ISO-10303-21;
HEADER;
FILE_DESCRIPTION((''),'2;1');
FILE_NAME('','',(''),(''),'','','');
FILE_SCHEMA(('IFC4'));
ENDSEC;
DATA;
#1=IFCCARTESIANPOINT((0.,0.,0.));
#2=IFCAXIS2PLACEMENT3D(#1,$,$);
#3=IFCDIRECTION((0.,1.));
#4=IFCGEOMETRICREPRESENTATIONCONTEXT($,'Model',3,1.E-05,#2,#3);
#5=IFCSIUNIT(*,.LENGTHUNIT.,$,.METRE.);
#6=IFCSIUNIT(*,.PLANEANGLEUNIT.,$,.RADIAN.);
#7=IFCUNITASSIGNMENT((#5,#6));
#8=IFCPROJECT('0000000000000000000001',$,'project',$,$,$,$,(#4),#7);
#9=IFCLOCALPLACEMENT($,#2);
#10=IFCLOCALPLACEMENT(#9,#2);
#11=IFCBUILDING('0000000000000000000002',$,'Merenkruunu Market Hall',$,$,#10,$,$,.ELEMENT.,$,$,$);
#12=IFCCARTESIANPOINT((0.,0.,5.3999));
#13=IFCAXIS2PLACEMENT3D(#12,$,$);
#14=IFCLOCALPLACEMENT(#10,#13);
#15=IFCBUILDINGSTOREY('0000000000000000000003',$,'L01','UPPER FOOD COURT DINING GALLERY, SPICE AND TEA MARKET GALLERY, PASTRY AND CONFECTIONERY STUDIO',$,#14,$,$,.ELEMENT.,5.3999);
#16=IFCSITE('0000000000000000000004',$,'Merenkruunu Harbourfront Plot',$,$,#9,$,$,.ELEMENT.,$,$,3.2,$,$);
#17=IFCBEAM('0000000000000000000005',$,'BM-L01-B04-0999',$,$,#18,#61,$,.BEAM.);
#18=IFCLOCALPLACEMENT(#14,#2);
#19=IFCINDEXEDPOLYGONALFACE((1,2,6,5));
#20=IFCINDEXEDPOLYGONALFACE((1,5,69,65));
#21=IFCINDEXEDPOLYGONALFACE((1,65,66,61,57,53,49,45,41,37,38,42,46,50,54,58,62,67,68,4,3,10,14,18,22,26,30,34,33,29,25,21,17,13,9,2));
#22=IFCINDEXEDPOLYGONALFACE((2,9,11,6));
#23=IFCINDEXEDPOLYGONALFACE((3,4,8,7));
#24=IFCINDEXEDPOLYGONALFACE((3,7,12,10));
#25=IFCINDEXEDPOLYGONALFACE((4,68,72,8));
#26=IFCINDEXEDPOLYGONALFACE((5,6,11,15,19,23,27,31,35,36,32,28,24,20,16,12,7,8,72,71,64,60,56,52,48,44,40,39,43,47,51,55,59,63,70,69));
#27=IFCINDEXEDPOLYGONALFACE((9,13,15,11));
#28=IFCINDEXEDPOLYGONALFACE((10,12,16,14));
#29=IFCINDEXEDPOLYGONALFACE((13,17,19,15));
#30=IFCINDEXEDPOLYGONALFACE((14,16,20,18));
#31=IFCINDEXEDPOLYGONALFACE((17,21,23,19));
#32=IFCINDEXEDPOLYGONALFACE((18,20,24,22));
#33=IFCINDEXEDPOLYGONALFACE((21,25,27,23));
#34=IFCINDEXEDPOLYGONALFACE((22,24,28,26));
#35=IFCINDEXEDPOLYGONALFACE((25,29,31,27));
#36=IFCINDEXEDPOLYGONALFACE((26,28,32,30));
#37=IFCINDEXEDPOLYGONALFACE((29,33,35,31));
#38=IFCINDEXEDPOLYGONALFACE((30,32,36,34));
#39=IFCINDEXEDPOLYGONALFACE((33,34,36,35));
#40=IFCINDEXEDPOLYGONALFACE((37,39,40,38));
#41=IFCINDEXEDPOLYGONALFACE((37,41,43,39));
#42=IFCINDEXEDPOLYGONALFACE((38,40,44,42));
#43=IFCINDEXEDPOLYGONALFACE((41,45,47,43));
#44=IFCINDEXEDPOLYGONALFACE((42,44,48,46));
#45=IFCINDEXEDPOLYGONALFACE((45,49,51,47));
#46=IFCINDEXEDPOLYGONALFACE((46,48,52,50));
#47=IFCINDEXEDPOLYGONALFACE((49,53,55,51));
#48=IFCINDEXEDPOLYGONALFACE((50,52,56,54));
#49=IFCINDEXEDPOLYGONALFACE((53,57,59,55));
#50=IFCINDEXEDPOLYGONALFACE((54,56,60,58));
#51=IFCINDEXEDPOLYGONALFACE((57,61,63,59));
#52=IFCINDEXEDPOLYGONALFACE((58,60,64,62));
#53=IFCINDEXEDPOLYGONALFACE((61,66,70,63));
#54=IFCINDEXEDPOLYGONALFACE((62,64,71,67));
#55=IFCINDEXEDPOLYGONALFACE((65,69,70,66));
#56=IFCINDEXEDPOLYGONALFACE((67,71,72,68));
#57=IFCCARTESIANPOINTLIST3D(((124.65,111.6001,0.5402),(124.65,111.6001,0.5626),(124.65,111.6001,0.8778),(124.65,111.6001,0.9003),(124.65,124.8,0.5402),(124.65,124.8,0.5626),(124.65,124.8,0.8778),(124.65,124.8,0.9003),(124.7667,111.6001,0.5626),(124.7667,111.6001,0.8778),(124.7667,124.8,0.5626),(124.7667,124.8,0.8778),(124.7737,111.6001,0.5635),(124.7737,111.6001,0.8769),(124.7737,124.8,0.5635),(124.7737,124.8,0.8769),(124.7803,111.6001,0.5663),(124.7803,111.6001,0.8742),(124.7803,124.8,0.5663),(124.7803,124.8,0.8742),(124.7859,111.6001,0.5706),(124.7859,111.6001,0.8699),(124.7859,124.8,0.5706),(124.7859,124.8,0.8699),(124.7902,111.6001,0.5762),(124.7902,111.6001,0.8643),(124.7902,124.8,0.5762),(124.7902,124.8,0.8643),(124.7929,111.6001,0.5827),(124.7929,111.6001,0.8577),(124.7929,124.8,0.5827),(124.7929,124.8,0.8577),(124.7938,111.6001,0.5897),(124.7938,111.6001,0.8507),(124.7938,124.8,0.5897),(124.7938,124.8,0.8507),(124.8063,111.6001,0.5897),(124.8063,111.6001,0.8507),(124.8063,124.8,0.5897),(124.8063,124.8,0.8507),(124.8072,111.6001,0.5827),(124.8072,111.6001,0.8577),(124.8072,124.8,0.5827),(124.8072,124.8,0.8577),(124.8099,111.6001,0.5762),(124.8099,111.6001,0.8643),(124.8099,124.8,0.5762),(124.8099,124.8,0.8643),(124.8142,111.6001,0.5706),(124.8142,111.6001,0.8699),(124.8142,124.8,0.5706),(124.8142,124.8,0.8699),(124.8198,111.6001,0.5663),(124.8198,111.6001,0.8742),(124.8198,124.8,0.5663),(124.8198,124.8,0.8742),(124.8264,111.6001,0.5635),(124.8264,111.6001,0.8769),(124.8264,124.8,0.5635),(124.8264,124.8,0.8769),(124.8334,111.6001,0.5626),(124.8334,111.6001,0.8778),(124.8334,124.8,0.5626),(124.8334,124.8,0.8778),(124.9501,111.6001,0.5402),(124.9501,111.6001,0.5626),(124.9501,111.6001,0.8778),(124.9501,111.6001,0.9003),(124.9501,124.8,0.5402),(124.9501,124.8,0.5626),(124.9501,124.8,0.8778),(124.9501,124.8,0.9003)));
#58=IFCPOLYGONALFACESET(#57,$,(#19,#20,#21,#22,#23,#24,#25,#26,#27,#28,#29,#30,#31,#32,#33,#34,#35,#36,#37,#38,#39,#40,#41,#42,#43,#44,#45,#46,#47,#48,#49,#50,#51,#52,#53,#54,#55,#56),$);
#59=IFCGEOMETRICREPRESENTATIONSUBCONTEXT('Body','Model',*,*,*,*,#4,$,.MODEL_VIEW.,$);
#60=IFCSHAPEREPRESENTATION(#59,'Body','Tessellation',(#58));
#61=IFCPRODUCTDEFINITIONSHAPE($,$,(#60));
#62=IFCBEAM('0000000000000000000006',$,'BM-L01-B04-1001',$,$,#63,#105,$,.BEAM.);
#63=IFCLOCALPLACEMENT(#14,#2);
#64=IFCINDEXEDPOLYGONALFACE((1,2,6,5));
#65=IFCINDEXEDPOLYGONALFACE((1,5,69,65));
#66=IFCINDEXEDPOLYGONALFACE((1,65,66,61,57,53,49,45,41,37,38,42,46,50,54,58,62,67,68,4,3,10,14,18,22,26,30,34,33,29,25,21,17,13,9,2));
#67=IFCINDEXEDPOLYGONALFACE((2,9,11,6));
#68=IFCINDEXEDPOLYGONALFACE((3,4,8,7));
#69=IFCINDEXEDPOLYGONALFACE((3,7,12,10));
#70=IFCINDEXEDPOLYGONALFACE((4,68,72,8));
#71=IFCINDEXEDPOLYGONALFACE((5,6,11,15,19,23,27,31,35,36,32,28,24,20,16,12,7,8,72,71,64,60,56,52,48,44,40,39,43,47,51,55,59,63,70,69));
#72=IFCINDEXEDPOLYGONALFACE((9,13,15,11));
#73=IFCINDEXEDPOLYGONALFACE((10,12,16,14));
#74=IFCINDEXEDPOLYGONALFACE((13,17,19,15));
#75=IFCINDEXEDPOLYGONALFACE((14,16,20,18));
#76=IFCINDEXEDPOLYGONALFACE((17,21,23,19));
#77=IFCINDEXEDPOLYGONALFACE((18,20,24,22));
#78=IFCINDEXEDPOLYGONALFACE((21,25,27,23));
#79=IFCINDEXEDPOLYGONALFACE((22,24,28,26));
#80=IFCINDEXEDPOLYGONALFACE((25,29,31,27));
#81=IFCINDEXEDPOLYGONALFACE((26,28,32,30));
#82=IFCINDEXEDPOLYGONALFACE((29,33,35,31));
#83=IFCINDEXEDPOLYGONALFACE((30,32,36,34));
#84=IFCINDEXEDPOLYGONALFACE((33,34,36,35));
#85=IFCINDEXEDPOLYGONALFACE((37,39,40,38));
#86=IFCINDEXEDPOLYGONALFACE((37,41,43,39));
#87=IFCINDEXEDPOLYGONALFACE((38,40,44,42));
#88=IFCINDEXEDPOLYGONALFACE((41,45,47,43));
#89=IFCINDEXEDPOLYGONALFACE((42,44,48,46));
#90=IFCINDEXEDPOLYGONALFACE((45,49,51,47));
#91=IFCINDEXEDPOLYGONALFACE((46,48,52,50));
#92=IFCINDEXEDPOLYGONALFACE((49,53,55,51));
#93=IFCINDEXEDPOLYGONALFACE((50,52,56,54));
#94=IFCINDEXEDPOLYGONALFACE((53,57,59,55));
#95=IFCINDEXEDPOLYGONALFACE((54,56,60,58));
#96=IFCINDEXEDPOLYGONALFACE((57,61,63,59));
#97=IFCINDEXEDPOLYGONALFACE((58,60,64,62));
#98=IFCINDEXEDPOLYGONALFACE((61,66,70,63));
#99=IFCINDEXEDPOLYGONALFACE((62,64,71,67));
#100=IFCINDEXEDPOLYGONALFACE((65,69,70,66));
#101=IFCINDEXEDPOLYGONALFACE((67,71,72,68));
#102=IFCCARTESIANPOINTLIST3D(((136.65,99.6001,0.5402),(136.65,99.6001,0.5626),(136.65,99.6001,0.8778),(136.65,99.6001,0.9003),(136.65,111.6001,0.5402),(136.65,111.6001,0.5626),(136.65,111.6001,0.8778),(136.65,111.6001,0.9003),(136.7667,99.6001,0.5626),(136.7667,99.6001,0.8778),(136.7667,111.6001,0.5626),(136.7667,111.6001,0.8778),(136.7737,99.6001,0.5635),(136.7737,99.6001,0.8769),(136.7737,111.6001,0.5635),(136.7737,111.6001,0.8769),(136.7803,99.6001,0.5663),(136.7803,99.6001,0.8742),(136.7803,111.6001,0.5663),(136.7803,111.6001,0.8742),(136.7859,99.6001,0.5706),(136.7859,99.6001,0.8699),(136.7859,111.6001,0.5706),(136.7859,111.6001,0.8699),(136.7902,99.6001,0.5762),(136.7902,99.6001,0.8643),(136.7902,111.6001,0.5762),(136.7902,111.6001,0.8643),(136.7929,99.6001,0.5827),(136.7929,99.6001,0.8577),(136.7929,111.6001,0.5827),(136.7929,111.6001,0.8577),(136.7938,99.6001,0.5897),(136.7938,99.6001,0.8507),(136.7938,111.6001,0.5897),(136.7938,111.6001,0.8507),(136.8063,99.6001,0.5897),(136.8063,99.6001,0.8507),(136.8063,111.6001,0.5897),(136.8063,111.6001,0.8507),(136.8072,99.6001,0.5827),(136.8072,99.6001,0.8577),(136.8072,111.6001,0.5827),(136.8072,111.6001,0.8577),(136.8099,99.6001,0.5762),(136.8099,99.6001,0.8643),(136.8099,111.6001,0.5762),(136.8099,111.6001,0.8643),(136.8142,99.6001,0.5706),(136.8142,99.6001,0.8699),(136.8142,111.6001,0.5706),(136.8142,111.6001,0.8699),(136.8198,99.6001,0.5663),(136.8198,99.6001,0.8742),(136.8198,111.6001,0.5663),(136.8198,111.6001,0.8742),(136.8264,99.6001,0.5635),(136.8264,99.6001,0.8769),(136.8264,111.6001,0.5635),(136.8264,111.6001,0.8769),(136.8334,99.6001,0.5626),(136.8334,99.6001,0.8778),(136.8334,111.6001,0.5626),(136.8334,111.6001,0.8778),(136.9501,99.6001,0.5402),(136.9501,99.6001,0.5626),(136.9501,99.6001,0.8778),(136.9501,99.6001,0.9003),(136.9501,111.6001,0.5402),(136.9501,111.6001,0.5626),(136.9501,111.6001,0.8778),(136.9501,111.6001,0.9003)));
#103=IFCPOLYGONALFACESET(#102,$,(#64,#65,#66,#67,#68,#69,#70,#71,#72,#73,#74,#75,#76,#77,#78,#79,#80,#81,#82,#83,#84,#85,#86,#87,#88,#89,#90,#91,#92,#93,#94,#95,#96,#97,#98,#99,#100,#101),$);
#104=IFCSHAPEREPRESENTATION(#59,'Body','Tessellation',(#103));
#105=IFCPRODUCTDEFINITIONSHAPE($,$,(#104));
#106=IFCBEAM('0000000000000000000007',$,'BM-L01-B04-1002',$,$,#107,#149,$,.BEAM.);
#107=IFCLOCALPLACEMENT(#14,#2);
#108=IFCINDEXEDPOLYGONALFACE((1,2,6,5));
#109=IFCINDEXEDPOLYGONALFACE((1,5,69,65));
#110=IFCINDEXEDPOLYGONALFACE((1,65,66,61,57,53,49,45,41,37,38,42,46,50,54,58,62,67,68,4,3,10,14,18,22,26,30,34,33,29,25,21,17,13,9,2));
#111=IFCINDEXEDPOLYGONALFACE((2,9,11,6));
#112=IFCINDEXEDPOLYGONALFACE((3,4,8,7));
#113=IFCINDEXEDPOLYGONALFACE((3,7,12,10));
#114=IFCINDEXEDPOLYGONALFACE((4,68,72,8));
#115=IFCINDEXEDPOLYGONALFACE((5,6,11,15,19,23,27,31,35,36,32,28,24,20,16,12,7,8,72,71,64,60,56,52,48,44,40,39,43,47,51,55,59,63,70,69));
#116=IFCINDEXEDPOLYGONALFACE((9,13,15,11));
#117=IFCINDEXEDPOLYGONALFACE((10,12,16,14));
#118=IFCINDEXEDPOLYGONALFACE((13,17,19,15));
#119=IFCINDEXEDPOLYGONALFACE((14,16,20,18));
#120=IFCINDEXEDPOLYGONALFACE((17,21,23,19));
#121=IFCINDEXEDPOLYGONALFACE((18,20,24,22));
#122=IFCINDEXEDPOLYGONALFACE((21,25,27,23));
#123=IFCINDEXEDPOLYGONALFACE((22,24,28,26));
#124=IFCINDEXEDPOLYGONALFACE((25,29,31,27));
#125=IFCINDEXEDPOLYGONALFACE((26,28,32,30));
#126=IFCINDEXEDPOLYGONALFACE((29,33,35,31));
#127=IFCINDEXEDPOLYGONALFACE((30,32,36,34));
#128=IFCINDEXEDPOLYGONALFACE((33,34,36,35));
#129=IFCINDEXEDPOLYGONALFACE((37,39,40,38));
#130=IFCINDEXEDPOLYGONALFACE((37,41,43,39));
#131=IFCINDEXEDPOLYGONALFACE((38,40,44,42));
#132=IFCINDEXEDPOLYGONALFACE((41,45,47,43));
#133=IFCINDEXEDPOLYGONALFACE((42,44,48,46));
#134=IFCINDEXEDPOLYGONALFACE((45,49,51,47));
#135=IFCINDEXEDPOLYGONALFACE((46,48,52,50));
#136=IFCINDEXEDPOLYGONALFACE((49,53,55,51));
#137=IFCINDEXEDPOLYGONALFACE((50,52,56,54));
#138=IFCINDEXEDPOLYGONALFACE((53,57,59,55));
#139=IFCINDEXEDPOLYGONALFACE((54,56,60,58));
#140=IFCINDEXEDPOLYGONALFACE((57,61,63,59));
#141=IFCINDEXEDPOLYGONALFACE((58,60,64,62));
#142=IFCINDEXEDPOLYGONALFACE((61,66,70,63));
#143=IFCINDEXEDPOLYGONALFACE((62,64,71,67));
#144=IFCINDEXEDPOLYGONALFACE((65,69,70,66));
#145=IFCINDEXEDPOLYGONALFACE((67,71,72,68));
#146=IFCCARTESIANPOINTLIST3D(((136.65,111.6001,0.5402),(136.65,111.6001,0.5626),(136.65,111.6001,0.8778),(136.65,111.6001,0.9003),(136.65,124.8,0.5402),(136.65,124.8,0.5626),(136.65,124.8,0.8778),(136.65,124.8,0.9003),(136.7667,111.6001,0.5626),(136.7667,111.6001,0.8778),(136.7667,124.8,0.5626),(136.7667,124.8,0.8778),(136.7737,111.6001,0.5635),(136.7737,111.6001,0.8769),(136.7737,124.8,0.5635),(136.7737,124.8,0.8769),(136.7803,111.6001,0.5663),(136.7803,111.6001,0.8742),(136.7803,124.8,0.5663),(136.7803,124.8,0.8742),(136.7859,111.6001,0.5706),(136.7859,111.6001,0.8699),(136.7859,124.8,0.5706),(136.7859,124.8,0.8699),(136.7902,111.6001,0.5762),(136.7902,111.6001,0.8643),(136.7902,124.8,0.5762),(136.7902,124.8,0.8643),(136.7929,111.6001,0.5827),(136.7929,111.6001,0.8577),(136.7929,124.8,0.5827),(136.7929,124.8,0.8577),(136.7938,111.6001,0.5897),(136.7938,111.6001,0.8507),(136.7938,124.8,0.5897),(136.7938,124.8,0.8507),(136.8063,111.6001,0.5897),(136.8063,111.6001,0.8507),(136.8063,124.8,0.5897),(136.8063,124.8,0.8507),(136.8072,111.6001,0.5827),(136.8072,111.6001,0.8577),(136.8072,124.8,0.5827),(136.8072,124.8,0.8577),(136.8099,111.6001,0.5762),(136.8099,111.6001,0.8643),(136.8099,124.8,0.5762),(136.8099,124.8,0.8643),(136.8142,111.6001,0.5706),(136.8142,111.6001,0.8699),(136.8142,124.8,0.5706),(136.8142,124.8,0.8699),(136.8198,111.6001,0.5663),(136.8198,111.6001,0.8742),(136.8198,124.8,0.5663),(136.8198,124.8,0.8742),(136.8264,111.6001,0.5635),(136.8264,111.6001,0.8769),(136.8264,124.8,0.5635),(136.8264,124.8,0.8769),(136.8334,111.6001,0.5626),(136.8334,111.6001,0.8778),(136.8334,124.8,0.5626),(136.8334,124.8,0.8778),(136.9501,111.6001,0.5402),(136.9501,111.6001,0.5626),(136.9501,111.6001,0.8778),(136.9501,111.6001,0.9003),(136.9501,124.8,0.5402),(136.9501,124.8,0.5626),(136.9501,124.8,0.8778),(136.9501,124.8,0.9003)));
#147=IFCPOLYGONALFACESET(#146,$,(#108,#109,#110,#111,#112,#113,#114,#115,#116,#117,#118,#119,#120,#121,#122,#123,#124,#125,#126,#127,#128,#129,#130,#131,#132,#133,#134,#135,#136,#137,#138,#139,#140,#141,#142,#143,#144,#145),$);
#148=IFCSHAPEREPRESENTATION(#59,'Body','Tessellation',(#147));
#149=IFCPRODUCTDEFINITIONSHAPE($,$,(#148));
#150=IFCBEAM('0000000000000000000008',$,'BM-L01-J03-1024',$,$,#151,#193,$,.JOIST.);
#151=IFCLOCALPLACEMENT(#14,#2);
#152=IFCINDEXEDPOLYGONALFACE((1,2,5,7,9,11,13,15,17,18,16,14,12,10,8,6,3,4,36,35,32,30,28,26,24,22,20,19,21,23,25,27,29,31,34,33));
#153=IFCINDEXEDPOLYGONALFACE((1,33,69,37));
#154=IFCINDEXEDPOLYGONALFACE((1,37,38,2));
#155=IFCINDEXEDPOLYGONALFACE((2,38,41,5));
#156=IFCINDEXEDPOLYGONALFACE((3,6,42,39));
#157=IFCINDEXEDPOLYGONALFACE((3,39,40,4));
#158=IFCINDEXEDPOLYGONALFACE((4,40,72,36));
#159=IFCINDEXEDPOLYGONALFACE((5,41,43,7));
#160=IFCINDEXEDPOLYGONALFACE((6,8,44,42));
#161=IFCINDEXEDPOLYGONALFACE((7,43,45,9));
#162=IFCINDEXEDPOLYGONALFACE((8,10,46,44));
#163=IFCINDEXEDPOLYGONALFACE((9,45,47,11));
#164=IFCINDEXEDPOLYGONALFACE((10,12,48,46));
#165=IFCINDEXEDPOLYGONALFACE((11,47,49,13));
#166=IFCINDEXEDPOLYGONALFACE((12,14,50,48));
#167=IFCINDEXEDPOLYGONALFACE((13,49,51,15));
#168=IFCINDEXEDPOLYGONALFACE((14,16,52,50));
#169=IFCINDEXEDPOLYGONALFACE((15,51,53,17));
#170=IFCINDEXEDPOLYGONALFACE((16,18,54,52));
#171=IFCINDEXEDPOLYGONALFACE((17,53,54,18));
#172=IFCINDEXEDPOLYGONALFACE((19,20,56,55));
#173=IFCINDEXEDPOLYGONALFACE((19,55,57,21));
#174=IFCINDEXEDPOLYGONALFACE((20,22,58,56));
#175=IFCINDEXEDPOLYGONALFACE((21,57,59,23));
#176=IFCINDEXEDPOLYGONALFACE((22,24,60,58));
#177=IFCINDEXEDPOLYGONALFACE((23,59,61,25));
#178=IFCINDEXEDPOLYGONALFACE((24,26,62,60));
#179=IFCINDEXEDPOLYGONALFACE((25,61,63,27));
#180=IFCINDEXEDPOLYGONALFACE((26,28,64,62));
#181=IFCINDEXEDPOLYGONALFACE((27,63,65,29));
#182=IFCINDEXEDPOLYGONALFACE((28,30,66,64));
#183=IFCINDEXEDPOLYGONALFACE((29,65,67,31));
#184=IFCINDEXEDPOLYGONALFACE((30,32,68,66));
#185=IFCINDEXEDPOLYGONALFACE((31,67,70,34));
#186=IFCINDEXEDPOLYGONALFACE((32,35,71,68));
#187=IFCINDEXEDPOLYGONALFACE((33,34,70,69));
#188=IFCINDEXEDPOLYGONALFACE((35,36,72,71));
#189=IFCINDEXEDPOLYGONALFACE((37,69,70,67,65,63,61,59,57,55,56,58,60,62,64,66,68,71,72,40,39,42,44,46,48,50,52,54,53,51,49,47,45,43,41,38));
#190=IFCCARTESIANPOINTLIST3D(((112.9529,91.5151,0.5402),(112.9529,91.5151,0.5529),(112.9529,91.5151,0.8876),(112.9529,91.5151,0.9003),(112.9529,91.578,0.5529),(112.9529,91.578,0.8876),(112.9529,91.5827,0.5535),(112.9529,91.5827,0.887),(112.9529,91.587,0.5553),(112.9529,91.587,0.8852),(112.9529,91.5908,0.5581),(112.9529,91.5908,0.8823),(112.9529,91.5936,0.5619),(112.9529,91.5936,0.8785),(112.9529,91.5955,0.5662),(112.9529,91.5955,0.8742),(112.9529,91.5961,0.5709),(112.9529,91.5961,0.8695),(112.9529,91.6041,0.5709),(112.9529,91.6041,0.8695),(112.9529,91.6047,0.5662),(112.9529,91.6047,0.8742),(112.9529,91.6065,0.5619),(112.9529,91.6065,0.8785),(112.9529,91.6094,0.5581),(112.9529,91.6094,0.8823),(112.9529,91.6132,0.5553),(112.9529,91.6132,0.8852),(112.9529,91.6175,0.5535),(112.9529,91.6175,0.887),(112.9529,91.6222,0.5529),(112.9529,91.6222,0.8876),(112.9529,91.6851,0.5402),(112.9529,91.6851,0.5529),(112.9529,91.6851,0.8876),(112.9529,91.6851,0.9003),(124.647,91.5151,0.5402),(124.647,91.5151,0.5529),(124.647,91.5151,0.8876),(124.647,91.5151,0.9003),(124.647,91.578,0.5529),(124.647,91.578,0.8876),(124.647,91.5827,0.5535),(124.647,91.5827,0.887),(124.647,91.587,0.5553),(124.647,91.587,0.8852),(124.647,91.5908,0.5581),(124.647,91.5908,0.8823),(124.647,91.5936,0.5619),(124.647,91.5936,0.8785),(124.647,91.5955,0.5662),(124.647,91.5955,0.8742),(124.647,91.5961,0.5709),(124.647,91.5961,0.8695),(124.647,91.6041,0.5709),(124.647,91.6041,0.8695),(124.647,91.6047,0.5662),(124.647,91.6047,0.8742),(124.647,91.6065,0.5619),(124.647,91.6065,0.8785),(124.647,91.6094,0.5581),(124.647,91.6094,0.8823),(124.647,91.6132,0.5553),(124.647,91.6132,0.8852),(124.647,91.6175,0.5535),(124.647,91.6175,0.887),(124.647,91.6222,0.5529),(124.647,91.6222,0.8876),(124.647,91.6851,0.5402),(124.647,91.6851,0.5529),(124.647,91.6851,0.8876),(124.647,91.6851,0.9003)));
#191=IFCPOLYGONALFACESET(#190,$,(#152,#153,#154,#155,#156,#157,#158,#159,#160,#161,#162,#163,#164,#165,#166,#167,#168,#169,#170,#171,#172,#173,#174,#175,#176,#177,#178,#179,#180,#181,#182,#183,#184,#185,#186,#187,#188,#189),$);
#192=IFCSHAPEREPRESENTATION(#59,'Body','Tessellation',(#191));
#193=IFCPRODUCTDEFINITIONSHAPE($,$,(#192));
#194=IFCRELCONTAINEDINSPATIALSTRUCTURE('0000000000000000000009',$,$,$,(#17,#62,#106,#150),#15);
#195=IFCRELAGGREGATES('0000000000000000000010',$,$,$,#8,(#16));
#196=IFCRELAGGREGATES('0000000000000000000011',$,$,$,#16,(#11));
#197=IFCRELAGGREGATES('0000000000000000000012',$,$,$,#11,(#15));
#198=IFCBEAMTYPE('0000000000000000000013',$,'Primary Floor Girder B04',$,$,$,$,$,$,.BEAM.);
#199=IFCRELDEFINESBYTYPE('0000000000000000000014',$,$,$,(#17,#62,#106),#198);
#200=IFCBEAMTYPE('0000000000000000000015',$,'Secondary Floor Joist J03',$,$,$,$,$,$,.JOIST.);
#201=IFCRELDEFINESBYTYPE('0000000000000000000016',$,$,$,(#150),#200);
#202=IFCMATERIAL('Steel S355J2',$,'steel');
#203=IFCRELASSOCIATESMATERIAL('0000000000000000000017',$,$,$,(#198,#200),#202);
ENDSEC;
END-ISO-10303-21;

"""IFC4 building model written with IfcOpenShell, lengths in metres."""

from ifc_helpers import new_model, si_unit, direction, frame, origin, origin_2d, place, context, subcontext, project, spatial, i_section, extrude, material, material_profile, profile_set, type_object, element, save


model = new_model("IFC4")

# Units and contexts
model_context = context("Model", 3, precision=1e-05, world=origin(), true_north=direction((0.0, 1.0)))
body_context = subcontext(model_context, "Body", "Model", "MODEL_VIEW")
ifc_project = project(units=[si_unit("LENGTHUNIT", "METRE"), si_unit("PLANEANGLEUNIT", "RADIAN")], contexts=[model_context])

# Site, building, storey
site_placement = place(None, origin())
site = spatial("IfcSite", under=ifc_project, at=site_placement, Name="Merenkruunu Harbourfront Plot", CompositionType="ELEMENT", RefElevation=3.2)
building_placement = place(site_placement, origin())
building = spatial("IfcBuilding", under=site, at=building_placement, Name="Merenkruunu Market Hall", CompositionType="ELEMENT")
storey_placement = place(building_placement, frame((0.0, 0.0, 5.3999)))
storey = spatial("IfcBuildingStorey", under=building, at=storey_placement, Name="L01", Description="UPPER FOOD COURT DINING GALLERY, SPICE AND TEA MARKET GALLERY, PASTRY AND CONFECTIONERY STUDIO", CompositionType="ELEMENT", Elevation=5.3999)

# Beams
ifc_material_1 = material(Name="Steel S355J2", Category="steel")
ifc_material_profile_1 = material_profile(ifc_material_1, i_section(OverallWidth=0.3, OverallDepth=0.3601, WebThickness=0.0125, FlangeThickness=0.0225, FilletRadius=0.0271, at=origin_2d()), Name="HEB 360")
ifc_profile_set_1 = profile_set([ifc_material_profile_1], Name="Steel S355J2")
beam_type_1 = type_object("IfcBeamType", Name="Primary Floor Girder B04", PredefinedType="BEAM", material=ifc_profile_set_1)
beam_1_placement = place(storey_placement, frame((124.8, 111.6001, 0.7202), z_axis=(0.0, 1.0, 0.0), x_axis=(-1.0, 0.0, 0.0)))
element("IfcBeam", 1, at=beam_1_placement, inside=storey, type_object=beam_type_1, Name="BM-L01-B04-0999", PredefinedType="BEAM", context=body_context, shape_type="SweptSolid", body=[
    extrude(i_section(OverallWidth=0.3, OverallDepth=0.3601, WebThickness=0.0125, FlangeThickness=0.0225, FilletRadius=0.0271, at=origin_2d()), origin(), (0.0, 0.0, 1.0), 13.2),
])
beam_2_placement = place(storey_placement, frame((136.8, 99.6001, 0.7202), z_axis=(0.0, 1.0, 0.0), x_axis=(-1.0, 0.0, 0.0)))
element("IfcBeam", 2, at=beam_2_placement, inside=storey, type_object=beam_type_1, Name="BM-L01-B04-1001", PredefinedType="BEAM", context=body_context, shape_type="SweptSolid", body=[
    extrude(i_section(OverallWidth=0.3, OverallDepth=0.3601, WebThickness=0.0125, FlangeThickness=0.0225, FilletRadius=0.0271, at=origin_2d()), origin(), (0.0, 0.0, 1.0), 12.0),
])
beam_3_placement = place(storey_placement, frame((136.8, 111.6001, 0.7202), z_axis=(0.0, 1.0, 0.0), x_axis=(-1.0, 0.0, 0.0)))
element("IfcBeam", 3, at=beam_3_placement, inside=storey, type_object=beam_type_1, Name="BM-L01-B04-1002", PredefinedType="BEAM", context=body_context, shape_type="SweptSolid", body=[
    extrude(i_section(OverallWidth=0.3, OverallDepth=0.3601, WebThickness=0.0125, FlangeThickness=0.0225, FilletRadius=0.0271, at=origin_2d()), origin(), (0.0, 0.0, 1.0), 13.2),
])
ifc_material_profile_2 = material_profile(ifc_material_1, i_section(OverallWidth=0.1699, OverallDepth=0.3601, WebThickness=0.0081, FlangeThickness=0.0127, FilletRadius=0.0181, at=origin_2d()), Name="IPE 360")
ifc_profile_set_2 = profile_set([ifc_material_profile_2], Name="Steel S355J2")
beam_type_2 = type_object("IfcBeamType", Name="Secondary Floor Joist J03", PredefinedType="JOIST", material=ifc_profile_set_2)
for number, where, z_axis, x_axis, name in (
    (4, (112.9529, 91.6001, 0.7202), (1.0, 0.0, 0.0), (0.0, 1.0, 0.0), "BM-L01-J03-1024"),
):
    element("IfcBeam", number, at=place(storey_placement, frame(where, z_axis=z_axis, x_axis=x_axis)), inside=storey, type_object=beam_type_2, Name=name, PredefinedType="JOIST", context=body_context, shape_type="SweptSolid", body=[
        extrude(i_section(OverallWidth=0.1699, OverallDepth=0.3601, WebThickness=0.0081, FlangeThickness=0.0127, FilletRadius=0.0181, at=origin_2d()), origin(), (0.0, 0.0, 1.0), 11.6941),
    ])

save(model, "model.ifc")
